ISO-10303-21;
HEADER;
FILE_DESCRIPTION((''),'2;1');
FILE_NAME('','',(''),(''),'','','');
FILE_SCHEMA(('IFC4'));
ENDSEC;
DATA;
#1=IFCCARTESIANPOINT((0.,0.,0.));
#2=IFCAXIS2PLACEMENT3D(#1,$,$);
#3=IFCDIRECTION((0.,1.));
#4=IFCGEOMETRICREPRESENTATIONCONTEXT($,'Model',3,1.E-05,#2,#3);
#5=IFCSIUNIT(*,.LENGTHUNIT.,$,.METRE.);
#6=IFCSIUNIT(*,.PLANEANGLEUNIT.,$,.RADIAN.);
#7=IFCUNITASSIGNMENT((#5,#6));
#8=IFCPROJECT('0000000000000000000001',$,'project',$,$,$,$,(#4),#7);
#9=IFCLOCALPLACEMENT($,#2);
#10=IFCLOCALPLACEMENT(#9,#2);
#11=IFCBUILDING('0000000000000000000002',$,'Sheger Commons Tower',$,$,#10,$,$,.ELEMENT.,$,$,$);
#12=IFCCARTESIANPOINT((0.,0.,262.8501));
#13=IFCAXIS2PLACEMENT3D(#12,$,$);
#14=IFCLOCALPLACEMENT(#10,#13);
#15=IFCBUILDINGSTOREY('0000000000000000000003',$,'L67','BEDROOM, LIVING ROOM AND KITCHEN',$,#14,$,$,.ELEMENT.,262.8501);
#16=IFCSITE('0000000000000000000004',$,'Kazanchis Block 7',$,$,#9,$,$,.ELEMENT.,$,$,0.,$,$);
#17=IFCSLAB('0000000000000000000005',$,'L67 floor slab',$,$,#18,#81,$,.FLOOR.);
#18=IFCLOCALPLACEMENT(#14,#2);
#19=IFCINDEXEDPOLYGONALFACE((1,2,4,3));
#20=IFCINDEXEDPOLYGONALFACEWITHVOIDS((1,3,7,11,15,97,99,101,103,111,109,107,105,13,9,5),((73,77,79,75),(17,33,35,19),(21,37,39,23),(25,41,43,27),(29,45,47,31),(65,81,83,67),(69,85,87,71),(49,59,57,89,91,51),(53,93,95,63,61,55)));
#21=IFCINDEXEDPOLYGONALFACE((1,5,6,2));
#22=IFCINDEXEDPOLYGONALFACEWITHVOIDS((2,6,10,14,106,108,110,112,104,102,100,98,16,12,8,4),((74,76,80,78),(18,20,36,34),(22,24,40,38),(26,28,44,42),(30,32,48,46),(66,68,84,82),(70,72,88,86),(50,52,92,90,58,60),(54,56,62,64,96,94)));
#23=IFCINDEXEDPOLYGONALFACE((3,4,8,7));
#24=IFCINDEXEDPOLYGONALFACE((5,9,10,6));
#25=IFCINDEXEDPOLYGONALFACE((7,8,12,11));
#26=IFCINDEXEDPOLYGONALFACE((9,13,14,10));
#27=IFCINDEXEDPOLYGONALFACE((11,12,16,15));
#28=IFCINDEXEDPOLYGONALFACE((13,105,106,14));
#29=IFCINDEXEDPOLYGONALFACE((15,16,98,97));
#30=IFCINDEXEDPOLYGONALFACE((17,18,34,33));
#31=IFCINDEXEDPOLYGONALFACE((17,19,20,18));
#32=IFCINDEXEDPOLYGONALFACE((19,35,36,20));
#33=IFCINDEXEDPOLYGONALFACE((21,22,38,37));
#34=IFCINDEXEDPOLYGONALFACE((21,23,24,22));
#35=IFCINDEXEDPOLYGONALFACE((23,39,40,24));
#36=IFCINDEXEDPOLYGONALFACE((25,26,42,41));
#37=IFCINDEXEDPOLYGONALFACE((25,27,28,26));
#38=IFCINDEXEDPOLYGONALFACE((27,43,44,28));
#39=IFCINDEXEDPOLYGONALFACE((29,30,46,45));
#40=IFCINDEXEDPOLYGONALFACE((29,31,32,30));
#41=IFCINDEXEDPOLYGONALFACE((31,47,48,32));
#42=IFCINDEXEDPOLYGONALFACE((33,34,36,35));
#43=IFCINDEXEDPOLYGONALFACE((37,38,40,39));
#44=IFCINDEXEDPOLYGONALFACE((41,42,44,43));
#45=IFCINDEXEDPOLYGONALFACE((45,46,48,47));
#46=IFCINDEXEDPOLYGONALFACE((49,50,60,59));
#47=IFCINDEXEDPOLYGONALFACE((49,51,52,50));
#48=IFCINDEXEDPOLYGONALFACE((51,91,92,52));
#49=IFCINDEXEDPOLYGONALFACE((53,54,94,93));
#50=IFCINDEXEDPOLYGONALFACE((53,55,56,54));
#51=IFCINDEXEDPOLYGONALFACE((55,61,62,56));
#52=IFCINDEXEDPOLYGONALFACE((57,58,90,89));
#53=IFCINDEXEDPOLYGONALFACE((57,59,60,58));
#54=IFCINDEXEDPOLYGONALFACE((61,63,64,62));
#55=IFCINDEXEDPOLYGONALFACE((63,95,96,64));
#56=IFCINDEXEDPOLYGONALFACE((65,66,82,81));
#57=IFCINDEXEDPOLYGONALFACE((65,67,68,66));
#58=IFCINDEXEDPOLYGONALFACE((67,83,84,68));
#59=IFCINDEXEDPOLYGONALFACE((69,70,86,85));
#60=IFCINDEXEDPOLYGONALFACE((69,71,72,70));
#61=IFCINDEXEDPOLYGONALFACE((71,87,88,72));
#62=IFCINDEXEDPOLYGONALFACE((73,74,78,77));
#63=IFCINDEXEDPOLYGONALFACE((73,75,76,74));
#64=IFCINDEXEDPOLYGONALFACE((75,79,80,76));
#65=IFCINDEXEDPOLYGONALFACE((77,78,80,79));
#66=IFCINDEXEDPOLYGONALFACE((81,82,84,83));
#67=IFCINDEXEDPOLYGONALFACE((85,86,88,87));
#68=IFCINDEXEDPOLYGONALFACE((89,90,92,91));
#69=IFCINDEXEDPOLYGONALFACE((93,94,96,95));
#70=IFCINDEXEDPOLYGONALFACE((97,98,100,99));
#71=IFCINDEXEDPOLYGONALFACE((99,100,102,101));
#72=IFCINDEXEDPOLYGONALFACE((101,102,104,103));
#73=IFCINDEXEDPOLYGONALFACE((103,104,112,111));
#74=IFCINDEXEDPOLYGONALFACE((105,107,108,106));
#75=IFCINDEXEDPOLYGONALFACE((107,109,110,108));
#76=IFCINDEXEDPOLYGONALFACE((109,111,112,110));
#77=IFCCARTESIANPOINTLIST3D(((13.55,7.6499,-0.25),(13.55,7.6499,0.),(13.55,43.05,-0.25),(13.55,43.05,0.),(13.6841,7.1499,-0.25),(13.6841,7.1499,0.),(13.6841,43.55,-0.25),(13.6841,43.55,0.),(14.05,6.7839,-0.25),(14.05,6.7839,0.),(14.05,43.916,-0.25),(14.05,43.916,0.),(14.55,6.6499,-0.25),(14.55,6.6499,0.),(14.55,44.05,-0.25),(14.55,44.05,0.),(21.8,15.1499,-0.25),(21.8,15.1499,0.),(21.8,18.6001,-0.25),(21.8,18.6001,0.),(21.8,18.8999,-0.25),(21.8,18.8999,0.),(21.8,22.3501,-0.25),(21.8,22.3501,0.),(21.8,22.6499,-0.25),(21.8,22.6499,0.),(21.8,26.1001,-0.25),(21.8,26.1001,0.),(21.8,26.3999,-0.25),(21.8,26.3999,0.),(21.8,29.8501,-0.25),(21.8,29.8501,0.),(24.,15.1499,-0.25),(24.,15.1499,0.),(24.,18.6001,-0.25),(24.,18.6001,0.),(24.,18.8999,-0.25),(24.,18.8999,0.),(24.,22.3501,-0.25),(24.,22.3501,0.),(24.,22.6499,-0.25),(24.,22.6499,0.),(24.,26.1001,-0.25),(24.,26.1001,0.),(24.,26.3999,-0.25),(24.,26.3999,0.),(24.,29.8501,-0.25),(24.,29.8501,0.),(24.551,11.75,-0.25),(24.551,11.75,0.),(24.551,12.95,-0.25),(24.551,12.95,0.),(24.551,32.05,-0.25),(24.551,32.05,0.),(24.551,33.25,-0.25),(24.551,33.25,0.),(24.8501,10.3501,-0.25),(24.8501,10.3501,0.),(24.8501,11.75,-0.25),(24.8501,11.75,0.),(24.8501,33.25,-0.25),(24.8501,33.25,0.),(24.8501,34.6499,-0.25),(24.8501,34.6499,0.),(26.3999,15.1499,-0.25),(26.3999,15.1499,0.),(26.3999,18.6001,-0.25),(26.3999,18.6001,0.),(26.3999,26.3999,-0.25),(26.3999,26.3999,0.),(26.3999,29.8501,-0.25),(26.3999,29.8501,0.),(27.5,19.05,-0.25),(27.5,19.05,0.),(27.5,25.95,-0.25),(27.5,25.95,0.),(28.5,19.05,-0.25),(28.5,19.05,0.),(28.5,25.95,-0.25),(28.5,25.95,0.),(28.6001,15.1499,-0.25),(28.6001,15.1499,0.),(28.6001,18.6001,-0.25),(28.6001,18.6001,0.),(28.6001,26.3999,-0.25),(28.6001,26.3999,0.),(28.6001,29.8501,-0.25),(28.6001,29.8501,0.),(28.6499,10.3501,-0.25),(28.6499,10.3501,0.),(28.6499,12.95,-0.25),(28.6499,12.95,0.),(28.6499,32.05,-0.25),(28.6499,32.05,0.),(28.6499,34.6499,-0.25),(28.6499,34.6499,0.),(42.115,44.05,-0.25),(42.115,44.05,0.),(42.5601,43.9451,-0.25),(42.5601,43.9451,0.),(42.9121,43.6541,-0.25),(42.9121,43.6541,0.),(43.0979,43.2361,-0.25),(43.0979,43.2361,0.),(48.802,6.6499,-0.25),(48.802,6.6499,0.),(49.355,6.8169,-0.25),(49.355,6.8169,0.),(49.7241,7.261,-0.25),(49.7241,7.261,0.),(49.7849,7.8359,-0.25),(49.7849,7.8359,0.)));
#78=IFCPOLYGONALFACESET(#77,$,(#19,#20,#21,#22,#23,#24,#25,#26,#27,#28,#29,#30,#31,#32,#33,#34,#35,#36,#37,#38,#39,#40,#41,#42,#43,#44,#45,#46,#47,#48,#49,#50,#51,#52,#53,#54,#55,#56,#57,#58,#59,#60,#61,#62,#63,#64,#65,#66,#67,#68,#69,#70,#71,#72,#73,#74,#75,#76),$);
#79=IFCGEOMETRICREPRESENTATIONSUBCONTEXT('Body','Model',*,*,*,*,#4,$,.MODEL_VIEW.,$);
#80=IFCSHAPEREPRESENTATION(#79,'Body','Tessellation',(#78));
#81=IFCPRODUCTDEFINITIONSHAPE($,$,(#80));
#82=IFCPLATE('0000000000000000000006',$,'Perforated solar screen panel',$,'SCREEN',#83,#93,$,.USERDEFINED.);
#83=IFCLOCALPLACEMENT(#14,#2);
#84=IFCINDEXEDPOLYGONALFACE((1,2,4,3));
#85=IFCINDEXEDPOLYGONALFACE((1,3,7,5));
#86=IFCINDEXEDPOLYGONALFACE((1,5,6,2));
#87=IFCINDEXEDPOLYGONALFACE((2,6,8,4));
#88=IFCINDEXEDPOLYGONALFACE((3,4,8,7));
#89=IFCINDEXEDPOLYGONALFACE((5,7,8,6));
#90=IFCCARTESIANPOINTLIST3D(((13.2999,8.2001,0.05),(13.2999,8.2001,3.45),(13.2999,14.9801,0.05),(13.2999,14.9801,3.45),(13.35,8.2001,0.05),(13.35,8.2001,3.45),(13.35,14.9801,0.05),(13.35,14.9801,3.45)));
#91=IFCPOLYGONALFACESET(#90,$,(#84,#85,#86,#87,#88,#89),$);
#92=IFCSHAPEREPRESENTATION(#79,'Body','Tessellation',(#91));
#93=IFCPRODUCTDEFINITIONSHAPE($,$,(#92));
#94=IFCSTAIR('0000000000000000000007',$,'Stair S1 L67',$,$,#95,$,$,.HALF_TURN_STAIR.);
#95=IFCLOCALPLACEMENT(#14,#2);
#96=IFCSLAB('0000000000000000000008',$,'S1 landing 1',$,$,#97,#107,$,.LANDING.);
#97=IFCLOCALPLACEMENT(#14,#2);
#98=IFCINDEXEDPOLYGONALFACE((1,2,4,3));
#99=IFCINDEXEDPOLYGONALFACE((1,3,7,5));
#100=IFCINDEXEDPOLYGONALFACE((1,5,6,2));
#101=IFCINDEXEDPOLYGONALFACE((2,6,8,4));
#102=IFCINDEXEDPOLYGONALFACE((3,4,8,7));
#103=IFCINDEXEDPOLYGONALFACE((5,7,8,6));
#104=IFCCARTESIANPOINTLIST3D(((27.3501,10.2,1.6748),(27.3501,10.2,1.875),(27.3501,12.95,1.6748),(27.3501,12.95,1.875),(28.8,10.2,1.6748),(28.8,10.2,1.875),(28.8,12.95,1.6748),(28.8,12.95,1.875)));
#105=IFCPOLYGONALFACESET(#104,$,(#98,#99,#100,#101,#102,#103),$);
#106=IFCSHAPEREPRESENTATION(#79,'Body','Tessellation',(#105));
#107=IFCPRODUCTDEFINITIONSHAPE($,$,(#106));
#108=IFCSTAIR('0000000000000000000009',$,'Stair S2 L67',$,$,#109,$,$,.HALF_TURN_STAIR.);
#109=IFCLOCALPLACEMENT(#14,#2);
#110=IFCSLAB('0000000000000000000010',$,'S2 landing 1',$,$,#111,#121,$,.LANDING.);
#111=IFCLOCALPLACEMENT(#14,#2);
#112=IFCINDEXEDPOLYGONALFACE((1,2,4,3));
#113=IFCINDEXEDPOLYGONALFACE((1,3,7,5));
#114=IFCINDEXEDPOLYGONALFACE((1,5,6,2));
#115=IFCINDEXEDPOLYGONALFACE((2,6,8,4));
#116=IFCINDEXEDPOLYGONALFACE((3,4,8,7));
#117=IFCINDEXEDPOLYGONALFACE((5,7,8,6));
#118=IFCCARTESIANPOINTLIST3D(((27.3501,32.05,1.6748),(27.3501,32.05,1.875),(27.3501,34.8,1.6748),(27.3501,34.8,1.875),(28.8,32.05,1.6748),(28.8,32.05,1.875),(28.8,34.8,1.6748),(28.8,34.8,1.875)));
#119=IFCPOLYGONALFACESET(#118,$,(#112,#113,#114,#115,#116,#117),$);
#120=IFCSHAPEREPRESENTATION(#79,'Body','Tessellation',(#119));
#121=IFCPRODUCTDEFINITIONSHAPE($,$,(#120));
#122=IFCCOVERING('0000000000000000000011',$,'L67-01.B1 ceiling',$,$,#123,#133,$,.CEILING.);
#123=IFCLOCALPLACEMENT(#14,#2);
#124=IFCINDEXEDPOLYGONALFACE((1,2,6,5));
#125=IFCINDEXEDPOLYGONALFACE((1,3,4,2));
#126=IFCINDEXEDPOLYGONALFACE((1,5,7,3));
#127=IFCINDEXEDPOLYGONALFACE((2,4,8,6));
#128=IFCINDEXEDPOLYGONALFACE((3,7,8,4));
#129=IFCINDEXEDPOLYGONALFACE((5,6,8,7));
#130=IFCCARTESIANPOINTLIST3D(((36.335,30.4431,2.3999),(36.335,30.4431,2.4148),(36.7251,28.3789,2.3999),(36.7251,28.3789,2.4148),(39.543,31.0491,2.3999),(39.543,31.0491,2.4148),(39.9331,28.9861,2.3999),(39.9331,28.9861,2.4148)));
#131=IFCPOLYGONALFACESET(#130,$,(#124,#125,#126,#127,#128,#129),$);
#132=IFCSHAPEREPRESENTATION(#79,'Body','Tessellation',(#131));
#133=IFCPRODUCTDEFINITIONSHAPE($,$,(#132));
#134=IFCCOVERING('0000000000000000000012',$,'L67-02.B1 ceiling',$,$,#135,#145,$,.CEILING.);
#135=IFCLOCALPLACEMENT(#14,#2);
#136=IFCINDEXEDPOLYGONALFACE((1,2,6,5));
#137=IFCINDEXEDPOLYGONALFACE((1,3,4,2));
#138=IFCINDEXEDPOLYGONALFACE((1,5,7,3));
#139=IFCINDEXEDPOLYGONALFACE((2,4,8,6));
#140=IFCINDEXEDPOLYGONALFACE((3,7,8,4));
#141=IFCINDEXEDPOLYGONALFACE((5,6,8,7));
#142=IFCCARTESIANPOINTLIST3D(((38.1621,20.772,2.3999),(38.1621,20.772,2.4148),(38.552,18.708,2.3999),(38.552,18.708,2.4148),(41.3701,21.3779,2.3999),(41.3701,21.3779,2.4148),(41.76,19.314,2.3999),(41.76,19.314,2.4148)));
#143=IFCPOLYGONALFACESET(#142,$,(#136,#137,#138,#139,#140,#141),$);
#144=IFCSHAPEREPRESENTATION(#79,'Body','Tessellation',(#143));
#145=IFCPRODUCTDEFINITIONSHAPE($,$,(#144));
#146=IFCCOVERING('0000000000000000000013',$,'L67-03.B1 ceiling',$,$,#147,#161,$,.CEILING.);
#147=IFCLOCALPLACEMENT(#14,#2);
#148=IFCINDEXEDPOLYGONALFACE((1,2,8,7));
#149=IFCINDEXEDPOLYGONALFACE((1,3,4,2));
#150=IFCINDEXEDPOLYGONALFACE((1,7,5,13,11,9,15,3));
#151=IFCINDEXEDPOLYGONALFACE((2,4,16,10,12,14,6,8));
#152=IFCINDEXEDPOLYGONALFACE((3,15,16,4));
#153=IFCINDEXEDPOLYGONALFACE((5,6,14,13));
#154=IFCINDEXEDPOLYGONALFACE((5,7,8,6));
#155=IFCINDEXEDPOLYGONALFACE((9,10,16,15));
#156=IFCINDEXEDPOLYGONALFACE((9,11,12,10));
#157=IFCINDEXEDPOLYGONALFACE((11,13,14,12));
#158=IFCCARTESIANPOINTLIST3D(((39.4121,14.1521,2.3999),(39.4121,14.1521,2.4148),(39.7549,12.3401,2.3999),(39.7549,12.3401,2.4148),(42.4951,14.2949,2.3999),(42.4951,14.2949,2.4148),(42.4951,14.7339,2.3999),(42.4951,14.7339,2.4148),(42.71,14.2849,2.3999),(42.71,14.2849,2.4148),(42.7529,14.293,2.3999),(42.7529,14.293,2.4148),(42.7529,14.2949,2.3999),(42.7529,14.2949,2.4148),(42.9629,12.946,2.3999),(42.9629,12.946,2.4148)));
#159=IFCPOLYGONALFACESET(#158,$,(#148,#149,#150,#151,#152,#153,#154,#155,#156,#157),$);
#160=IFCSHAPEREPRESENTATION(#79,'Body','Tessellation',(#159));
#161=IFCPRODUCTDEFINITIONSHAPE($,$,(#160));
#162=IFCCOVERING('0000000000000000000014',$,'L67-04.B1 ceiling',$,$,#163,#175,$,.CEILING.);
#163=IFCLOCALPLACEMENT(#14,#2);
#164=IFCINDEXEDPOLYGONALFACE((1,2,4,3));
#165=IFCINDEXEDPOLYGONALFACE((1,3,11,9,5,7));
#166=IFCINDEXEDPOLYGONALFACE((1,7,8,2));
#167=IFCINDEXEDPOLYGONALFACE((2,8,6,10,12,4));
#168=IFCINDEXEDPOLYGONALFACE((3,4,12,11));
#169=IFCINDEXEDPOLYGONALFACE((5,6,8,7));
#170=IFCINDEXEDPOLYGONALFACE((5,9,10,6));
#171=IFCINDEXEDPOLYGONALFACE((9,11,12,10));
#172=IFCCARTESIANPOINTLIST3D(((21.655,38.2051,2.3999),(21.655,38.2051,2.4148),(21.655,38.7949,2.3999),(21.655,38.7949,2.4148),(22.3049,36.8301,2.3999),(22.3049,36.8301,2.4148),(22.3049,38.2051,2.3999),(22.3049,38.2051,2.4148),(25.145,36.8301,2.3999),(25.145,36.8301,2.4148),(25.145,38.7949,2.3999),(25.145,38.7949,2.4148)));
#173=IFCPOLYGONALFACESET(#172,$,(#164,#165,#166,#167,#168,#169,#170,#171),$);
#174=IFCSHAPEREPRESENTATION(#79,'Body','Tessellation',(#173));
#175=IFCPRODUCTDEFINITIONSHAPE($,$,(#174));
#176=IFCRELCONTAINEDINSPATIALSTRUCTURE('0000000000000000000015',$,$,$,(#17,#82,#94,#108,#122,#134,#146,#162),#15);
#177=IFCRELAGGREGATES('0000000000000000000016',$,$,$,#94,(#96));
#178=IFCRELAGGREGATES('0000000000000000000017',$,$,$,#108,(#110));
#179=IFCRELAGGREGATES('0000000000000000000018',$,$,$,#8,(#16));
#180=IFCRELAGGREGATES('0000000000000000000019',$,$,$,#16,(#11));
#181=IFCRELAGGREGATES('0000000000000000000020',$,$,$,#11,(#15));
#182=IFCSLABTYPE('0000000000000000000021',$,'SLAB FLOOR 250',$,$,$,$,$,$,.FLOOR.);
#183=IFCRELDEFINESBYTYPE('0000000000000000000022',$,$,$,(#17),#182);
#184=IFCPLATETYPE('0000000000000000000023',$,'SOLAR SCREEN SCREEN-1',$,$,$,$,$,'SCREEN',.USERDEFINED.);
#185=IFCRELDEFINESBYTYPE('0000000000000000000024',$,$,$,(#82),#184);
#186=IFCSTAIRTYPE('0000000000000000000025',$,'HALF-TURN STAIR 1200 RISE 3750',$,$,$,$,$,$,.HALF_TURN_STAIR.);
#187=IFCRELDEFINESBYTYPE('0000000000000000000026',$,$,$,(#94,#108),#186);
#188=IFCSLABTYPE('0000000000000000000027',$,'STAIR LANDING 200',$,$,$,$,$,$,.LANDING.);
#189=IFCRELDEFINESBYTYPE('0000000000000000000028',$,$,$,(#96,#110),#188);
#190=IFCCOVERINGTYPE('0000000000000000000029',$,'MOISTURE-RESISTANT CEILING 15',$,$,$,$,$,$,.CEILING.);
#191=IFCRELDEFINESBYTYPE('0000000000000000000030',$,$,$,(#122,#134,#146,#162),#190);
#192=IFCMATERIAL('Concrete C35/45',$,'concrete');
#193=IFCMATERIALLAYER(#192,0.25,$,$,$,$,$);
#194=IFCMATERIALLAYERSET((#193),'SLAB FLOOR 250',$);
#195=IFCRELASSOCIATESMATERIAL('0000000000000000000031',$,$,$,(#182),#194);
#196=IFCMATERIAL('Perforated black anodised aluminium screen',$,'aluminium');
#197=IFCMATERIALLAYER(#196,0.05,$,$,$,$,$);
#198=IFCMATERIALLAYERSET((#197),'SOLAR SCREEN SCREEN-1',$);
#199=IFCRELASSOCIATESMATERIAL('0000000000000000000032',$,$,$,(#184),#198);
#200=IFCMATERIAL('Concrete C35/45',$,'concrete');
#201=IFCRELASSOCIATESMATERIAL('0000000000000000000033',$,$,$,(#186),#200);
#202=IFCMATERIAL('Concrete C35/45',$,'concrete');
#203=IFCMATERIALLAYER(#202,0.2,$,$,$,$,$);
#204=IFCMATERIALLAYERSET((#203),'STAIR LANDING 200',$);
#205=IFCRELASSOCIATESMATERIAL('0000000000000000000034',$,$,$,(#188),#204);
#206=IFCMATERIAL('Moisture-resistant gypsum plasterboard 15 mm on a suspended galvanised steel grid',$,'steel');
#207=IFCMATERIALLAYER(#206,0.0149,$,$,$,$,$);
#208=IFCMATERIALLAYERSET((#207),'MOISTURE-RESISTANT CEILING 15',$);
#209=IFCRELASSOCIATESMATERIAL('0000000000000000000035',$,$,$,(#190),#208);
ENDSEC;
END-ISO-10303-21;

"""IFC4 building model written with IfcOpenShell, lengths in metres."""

from ifc_helpers import new_model, si_unit, direction, frame, origin, origin_2d, place, context, subcontext, project, spatial, polyline, rectangle, outline, extrude, material, layer, layer_set, type_object, element, aggregate, save


model = new_model("IFC4")

# Units and contexts
model_context = context("Model", 3, precision=1e-05, world=origin(), true_north=direction((0.0, 1.0)))
body_context = subcontext(model_context, "Body", "Model", "MODEL_VIEW")
ifc_project = project(units=[si_unit("LENGTHUNIT", "METRE"), si_unit("PLANEANGLEUNIT", "RADIAN")], contexts=[model_context])

# Site, building, storey
site_placement = place(None, origin())
site = spatial("IfcSite", under=ifc_project, at=site_placement, Name="Kazanchis Block 7", CompositionType="ELEMENT", RefElevation=0.0)
building_placement = place(site_placement, origin())
building = spatial("IfcBuilding", under=site, at=building_placement, Name="Sheger Commons Tower", CompositionType="ELEMENT")
storey_placement = place(building_placement, frame((0.0, 0.0, 262.8501)))
storey = spatial("IfcBuildingStorey", under=building, at=storey_placement, Name="L67", Description="BEDROOM, LIVING ROOM AND KITCHEN", CompositionType="ELEMENT", Elevation=262.8501)

# Slab
ifc_material_1 = material(Name="Concrete C35/45", Category="concrete")
ifc_layer_1 = layer(ifc_material_1, 0.25)
ifc_layer_set_1 = layer_set([ifc_layer_1], Name="SLAB FLOOR 250")
slab_type_1 = type_object("IfcSlabType", Name="SLAB FLOOR 250", PredefinedType="FLOOR", material=ifc_layer_set_1)
slab_1_placement = place(storey_placement, frame((0.0, 0.0, -0.25)))
element("IfcSlab", 1, at=slab_1_placement, inside=storey, type_object=slab_type_1, Name="L67 floor slab", PredefinedType="FLOOR", context=body_context, shape_type="SweptSolid", body=[
    extrude(outline(polyline([(13.55, 7.6499), (13.6841, 7.1499), (14.05, 6.7839), (14.55, 6.6499), (48.802, 6.6499), (49.355, 6.8169), (49.7241, 7.261), (49.7849, 7.8359), (43.0979, 43.2361), (42.9121, 43.6541), (42.5601, 43.9451), (42.115, 44.05), (14.55, 44.05), (14.05, 43.916), (13.6841, 43.55), (13.55, 43.05), (13.55, 7.6499)]), holes=[polyline([(24.8501, 10.3501), (28.6499, 10.3501), (28.6499, 12.95), (24.551, 12.95), (24.551, 11.75), (24.8501, 11.75), (24.8501, 10.3501)]), polyline([(24.551, 32.05), (28.6499, 32.05), (28.6499, 34.6499), (24.8501, 34.6499), (24.8501, 33.25), (24.551, 33.25), (24.551, 32.05)]), polyline([(26.3999, 15.1499), (28.6001, 15.1499), (28.6001, 18.6001), (26.3999, 18.6001), (26.3999, 15.1499)]), polyline([(26.3999, 26.3999), (28.6001, 26.3999), (28.6001, 29.8501), (26.3999, 29.8501), (26.3999, 26.3999)]), polyline([(21.8, 15.1499), (24.0, 15.1499), (24.0, 18.6001), (21.8, 18.6001), (21.8, 15.1499)]), polyline([(21.8, 18.8999), (24.0, 18.8999), (24.0, 22.3501), (21.8, 22.3501), (21.8, 18.8999)]), polyline([(21.8, 22.6499), (24.0, 22.6499), (24.0, 26.1001), (21.8, 26.1001), (21.8, 22.6499)]), polyline([(21.8, 26.3999), (24.0, 26.3999), (24.0, 29.8501), (21.8, 29.8501), (21.8, 26.3999)]), polyline([(27.5, 19.05), (28.5, 19.05), (28.5, 25.95), (27.5, 25.95), (27.5, 19.05)])]), origin(), (0.0, 0.0, 1.0), 0.25),
])

# Plate
ifc_material_2 = material(Name="Perforated black anodised aluminium screen", Category="aluminium")
ifc_layer_2 = layer(ifc_material_2, 0.05)
ifc_layer_set_2 = layer_set([ifc_layer_2], Name="SOLAR SCREEN SCREEN-1")
plate_type = type_object("IfcPlateType", Name="SOLAR SCREEN SCREEN-1", ElementType="SCREEN", PredefinedType="USERDEFINED", material=ifc_layer_set_2)
plate_placement = place(storey_placement, frame((13.325, 11.5901, 0.05), z_axis=(0.0, 0.0, 1.0), x_axis=(0.0, -1.0, 0.0)))
element("IfcPlate", 2, at=plate_placement, inside=storey, type_object=plate_type, Name="Perforated solar screen panel", ObjectType="SCREEN", PredefinedType="USERDEFINED", context=body_context, shape_type="SweptSolid", body=[
    extrude(rectangle(XDim=6.78, YDim=0.05, at=origin_2d()), origin(), (0.0, 0.0, 1.0), 3.3999),
])

# Stairs, slabs
ifc_material_3 = material(Name="Concrete C35/45", Category="concrete")
stair_type = type_object("IfcStairType", Name="HALF-TURN STAIR 1200 RISE 3750", PredefinedType="HALF_TURN_STAIR", material=ifc_material_3)
stair_1_placement = place(storey_placement, origin())
stair_1 = element("IfcStair", 3, at=stair_1_placement, inside=storey, type_object=stair_type, Name="Stair S1 L67", PredefinedType="HALF_TURN_STAIR")
ifc_material_4 = material(Name="Concrete C35/45", Category="concrete")
ifc_layer_3 = layer(ifc_material_4, 0.2)
ifc_layer_set_3 = layer_set([ifc_layer_3], Name="STAIR LANDING 200")
slab_type_2 = type_object("IfcSlabType", Name="STAIR LANDING 200", PredefinedType="LANDING", material=ifc_layer_set_3)
slab_2_placement = place(storey_placement, frame((0.0, 0.0, 1.6748)))
slab_2 = element("IfcSlab", 4, at=slab_2_placement, type_object=slab_type_2, Name="S1 landing 1", PredefinedType="LANDING", context=body_context, shape_type="SweptSolid", body=[
    extrude(outline(polyline([(27.3501, 10.2), (28.8, 10.2), (28.8, 12.95), (27.3501, 12.95), (27.3501, 10.2)])), origin(), (0.0, 0.0, 1.0), 0.2002),
])
aggregate(stair_1, [slab_2])
stair_2_placement = place(storey_placement, origin())
stair_2 = element("IfcStair", 5, at=stair_2_placement, inside=storey, type_object=stair_type, Name="Stair S2 L67", PredefinedType="HALF_TURN_STAIR")
slab_3_placement = place(storey_placement, frame((0.0, 0.0, 1.6748)))
slab_3 = element("IfcSlab", 6, at=slab_3_placement, type_object=slab_type_2, Name="S2 landing 1", PredefinedType="LANDING", context=body_context, shape_type="SweptSolid", body=[
    extrude(outline(polyline([(27.3501, 32.05), (28.8, 32.05), (28.8, 34.8), (27.3501, 34.8), (27.3501, 32.05)])), origin(), (0.0, 0.0, 1.0), 0.2002),
])
aggregate(stair_2, [slab_3])

# Coverings
ifc_material_5 = material(Name="Moisture-resistant gypsum plasterboard 15 mm on a suspended galvanised steel grid", Category="steel")
ifc_layer_4 = layer(ifc_material_5, 0.0149)
ifc_layer_set_4 = layer_set([ifc_layer_4], Name="MOISTURE-RESISTANT CEILING 15")
covering_type_1 = type_object("IfcCoveringType", Name="MOISTURE-RESISTANT CEILING 15", PredefinedType="CEILING", material=ifc_layer_set_4)
covering_1_placement = place(storey_placement, frame((0.0, 0.0, 2.3999)))
element("IfcCovering", 7, at=covering_1_placement, inside=storey, type_object=covering_type_1, Name="L67-01.B1 ceiling", PredefinedType="CEILING", context=body_context, shape_type="SweptSolid", body=[
    extrude(outline(polyline([(36.7251, 28.3789), (39.9331, 28.9861), (39.543, 31.0491), (36.335, 30.4431), (36.7251, 28.3789)])), origin(), (0.0, 0.0, 1.0), 0.0149),
])
covering_2_placement = place(storey_placement, frame((0.0, 0.0, 2.3999)))
element("IfcCovering", 8, at=covering_2_placement, inside=storey, type_object=covering_type_1, Name="L67-02.B1 ceiling", PredefinedType="CEILING", context=body_context, shape_type="SweptSolid", body=[
    extrude(outline(polyline([(38.552, 18.708), (41.76, 19.314), (41.3701, 21.3779), (38.1621, 20.772), (38.552, 18.708)])), origin(), (0.0, 0.0, 1.0), 0.0149),
])
covering_3_placement = place(storey_placement, frame((0.0, 0.0, 2.3999)))
element("IfcCovering", 9, at=covering_3_placement, inside=storey, type_object=covering_type_1, Name="L67-03.B1 ceiling", PredefinedType="CEILING", context=body_context, shape_type="SweptSolid", body=[
    extrude(outline(polyline([(39.7549, 12.3401), (42.9629, 12.946), (42.71, 14.2849), (42.7529, 14.293), (42.7529, 14.2949), (42.4951, 14.2949), (42.4951, 14.7339), (39.4121, 14.1521), (39.7549, 12.3401)])), origin(), (0.0, 0.0, 1.0), 0.0149),
])
covering_4_placement = place(storey_placement, frame((0.0, 0.0, 2.3999)))
element("IfcCovering", 10, at=covering_4_placement, inside=storey, type_object=covering_type_1, Name="L67-04.B1 ceiling", PredefinedType="CEILING", context=body_context, shape_type="SweptSolid", body=[
    extrude(outline(polyline([(22.3049, 36.8301), (25.145, 36.8301), (25.145, 38.7949), (21.655, 38.7949), (21.655, 38.2051), (22.3049, 38.2051), (22.3049, 36.8301)])), origin(), (0.0, 0.0, 1.0), 0.0149),
])

save(model, "model.ifc")
